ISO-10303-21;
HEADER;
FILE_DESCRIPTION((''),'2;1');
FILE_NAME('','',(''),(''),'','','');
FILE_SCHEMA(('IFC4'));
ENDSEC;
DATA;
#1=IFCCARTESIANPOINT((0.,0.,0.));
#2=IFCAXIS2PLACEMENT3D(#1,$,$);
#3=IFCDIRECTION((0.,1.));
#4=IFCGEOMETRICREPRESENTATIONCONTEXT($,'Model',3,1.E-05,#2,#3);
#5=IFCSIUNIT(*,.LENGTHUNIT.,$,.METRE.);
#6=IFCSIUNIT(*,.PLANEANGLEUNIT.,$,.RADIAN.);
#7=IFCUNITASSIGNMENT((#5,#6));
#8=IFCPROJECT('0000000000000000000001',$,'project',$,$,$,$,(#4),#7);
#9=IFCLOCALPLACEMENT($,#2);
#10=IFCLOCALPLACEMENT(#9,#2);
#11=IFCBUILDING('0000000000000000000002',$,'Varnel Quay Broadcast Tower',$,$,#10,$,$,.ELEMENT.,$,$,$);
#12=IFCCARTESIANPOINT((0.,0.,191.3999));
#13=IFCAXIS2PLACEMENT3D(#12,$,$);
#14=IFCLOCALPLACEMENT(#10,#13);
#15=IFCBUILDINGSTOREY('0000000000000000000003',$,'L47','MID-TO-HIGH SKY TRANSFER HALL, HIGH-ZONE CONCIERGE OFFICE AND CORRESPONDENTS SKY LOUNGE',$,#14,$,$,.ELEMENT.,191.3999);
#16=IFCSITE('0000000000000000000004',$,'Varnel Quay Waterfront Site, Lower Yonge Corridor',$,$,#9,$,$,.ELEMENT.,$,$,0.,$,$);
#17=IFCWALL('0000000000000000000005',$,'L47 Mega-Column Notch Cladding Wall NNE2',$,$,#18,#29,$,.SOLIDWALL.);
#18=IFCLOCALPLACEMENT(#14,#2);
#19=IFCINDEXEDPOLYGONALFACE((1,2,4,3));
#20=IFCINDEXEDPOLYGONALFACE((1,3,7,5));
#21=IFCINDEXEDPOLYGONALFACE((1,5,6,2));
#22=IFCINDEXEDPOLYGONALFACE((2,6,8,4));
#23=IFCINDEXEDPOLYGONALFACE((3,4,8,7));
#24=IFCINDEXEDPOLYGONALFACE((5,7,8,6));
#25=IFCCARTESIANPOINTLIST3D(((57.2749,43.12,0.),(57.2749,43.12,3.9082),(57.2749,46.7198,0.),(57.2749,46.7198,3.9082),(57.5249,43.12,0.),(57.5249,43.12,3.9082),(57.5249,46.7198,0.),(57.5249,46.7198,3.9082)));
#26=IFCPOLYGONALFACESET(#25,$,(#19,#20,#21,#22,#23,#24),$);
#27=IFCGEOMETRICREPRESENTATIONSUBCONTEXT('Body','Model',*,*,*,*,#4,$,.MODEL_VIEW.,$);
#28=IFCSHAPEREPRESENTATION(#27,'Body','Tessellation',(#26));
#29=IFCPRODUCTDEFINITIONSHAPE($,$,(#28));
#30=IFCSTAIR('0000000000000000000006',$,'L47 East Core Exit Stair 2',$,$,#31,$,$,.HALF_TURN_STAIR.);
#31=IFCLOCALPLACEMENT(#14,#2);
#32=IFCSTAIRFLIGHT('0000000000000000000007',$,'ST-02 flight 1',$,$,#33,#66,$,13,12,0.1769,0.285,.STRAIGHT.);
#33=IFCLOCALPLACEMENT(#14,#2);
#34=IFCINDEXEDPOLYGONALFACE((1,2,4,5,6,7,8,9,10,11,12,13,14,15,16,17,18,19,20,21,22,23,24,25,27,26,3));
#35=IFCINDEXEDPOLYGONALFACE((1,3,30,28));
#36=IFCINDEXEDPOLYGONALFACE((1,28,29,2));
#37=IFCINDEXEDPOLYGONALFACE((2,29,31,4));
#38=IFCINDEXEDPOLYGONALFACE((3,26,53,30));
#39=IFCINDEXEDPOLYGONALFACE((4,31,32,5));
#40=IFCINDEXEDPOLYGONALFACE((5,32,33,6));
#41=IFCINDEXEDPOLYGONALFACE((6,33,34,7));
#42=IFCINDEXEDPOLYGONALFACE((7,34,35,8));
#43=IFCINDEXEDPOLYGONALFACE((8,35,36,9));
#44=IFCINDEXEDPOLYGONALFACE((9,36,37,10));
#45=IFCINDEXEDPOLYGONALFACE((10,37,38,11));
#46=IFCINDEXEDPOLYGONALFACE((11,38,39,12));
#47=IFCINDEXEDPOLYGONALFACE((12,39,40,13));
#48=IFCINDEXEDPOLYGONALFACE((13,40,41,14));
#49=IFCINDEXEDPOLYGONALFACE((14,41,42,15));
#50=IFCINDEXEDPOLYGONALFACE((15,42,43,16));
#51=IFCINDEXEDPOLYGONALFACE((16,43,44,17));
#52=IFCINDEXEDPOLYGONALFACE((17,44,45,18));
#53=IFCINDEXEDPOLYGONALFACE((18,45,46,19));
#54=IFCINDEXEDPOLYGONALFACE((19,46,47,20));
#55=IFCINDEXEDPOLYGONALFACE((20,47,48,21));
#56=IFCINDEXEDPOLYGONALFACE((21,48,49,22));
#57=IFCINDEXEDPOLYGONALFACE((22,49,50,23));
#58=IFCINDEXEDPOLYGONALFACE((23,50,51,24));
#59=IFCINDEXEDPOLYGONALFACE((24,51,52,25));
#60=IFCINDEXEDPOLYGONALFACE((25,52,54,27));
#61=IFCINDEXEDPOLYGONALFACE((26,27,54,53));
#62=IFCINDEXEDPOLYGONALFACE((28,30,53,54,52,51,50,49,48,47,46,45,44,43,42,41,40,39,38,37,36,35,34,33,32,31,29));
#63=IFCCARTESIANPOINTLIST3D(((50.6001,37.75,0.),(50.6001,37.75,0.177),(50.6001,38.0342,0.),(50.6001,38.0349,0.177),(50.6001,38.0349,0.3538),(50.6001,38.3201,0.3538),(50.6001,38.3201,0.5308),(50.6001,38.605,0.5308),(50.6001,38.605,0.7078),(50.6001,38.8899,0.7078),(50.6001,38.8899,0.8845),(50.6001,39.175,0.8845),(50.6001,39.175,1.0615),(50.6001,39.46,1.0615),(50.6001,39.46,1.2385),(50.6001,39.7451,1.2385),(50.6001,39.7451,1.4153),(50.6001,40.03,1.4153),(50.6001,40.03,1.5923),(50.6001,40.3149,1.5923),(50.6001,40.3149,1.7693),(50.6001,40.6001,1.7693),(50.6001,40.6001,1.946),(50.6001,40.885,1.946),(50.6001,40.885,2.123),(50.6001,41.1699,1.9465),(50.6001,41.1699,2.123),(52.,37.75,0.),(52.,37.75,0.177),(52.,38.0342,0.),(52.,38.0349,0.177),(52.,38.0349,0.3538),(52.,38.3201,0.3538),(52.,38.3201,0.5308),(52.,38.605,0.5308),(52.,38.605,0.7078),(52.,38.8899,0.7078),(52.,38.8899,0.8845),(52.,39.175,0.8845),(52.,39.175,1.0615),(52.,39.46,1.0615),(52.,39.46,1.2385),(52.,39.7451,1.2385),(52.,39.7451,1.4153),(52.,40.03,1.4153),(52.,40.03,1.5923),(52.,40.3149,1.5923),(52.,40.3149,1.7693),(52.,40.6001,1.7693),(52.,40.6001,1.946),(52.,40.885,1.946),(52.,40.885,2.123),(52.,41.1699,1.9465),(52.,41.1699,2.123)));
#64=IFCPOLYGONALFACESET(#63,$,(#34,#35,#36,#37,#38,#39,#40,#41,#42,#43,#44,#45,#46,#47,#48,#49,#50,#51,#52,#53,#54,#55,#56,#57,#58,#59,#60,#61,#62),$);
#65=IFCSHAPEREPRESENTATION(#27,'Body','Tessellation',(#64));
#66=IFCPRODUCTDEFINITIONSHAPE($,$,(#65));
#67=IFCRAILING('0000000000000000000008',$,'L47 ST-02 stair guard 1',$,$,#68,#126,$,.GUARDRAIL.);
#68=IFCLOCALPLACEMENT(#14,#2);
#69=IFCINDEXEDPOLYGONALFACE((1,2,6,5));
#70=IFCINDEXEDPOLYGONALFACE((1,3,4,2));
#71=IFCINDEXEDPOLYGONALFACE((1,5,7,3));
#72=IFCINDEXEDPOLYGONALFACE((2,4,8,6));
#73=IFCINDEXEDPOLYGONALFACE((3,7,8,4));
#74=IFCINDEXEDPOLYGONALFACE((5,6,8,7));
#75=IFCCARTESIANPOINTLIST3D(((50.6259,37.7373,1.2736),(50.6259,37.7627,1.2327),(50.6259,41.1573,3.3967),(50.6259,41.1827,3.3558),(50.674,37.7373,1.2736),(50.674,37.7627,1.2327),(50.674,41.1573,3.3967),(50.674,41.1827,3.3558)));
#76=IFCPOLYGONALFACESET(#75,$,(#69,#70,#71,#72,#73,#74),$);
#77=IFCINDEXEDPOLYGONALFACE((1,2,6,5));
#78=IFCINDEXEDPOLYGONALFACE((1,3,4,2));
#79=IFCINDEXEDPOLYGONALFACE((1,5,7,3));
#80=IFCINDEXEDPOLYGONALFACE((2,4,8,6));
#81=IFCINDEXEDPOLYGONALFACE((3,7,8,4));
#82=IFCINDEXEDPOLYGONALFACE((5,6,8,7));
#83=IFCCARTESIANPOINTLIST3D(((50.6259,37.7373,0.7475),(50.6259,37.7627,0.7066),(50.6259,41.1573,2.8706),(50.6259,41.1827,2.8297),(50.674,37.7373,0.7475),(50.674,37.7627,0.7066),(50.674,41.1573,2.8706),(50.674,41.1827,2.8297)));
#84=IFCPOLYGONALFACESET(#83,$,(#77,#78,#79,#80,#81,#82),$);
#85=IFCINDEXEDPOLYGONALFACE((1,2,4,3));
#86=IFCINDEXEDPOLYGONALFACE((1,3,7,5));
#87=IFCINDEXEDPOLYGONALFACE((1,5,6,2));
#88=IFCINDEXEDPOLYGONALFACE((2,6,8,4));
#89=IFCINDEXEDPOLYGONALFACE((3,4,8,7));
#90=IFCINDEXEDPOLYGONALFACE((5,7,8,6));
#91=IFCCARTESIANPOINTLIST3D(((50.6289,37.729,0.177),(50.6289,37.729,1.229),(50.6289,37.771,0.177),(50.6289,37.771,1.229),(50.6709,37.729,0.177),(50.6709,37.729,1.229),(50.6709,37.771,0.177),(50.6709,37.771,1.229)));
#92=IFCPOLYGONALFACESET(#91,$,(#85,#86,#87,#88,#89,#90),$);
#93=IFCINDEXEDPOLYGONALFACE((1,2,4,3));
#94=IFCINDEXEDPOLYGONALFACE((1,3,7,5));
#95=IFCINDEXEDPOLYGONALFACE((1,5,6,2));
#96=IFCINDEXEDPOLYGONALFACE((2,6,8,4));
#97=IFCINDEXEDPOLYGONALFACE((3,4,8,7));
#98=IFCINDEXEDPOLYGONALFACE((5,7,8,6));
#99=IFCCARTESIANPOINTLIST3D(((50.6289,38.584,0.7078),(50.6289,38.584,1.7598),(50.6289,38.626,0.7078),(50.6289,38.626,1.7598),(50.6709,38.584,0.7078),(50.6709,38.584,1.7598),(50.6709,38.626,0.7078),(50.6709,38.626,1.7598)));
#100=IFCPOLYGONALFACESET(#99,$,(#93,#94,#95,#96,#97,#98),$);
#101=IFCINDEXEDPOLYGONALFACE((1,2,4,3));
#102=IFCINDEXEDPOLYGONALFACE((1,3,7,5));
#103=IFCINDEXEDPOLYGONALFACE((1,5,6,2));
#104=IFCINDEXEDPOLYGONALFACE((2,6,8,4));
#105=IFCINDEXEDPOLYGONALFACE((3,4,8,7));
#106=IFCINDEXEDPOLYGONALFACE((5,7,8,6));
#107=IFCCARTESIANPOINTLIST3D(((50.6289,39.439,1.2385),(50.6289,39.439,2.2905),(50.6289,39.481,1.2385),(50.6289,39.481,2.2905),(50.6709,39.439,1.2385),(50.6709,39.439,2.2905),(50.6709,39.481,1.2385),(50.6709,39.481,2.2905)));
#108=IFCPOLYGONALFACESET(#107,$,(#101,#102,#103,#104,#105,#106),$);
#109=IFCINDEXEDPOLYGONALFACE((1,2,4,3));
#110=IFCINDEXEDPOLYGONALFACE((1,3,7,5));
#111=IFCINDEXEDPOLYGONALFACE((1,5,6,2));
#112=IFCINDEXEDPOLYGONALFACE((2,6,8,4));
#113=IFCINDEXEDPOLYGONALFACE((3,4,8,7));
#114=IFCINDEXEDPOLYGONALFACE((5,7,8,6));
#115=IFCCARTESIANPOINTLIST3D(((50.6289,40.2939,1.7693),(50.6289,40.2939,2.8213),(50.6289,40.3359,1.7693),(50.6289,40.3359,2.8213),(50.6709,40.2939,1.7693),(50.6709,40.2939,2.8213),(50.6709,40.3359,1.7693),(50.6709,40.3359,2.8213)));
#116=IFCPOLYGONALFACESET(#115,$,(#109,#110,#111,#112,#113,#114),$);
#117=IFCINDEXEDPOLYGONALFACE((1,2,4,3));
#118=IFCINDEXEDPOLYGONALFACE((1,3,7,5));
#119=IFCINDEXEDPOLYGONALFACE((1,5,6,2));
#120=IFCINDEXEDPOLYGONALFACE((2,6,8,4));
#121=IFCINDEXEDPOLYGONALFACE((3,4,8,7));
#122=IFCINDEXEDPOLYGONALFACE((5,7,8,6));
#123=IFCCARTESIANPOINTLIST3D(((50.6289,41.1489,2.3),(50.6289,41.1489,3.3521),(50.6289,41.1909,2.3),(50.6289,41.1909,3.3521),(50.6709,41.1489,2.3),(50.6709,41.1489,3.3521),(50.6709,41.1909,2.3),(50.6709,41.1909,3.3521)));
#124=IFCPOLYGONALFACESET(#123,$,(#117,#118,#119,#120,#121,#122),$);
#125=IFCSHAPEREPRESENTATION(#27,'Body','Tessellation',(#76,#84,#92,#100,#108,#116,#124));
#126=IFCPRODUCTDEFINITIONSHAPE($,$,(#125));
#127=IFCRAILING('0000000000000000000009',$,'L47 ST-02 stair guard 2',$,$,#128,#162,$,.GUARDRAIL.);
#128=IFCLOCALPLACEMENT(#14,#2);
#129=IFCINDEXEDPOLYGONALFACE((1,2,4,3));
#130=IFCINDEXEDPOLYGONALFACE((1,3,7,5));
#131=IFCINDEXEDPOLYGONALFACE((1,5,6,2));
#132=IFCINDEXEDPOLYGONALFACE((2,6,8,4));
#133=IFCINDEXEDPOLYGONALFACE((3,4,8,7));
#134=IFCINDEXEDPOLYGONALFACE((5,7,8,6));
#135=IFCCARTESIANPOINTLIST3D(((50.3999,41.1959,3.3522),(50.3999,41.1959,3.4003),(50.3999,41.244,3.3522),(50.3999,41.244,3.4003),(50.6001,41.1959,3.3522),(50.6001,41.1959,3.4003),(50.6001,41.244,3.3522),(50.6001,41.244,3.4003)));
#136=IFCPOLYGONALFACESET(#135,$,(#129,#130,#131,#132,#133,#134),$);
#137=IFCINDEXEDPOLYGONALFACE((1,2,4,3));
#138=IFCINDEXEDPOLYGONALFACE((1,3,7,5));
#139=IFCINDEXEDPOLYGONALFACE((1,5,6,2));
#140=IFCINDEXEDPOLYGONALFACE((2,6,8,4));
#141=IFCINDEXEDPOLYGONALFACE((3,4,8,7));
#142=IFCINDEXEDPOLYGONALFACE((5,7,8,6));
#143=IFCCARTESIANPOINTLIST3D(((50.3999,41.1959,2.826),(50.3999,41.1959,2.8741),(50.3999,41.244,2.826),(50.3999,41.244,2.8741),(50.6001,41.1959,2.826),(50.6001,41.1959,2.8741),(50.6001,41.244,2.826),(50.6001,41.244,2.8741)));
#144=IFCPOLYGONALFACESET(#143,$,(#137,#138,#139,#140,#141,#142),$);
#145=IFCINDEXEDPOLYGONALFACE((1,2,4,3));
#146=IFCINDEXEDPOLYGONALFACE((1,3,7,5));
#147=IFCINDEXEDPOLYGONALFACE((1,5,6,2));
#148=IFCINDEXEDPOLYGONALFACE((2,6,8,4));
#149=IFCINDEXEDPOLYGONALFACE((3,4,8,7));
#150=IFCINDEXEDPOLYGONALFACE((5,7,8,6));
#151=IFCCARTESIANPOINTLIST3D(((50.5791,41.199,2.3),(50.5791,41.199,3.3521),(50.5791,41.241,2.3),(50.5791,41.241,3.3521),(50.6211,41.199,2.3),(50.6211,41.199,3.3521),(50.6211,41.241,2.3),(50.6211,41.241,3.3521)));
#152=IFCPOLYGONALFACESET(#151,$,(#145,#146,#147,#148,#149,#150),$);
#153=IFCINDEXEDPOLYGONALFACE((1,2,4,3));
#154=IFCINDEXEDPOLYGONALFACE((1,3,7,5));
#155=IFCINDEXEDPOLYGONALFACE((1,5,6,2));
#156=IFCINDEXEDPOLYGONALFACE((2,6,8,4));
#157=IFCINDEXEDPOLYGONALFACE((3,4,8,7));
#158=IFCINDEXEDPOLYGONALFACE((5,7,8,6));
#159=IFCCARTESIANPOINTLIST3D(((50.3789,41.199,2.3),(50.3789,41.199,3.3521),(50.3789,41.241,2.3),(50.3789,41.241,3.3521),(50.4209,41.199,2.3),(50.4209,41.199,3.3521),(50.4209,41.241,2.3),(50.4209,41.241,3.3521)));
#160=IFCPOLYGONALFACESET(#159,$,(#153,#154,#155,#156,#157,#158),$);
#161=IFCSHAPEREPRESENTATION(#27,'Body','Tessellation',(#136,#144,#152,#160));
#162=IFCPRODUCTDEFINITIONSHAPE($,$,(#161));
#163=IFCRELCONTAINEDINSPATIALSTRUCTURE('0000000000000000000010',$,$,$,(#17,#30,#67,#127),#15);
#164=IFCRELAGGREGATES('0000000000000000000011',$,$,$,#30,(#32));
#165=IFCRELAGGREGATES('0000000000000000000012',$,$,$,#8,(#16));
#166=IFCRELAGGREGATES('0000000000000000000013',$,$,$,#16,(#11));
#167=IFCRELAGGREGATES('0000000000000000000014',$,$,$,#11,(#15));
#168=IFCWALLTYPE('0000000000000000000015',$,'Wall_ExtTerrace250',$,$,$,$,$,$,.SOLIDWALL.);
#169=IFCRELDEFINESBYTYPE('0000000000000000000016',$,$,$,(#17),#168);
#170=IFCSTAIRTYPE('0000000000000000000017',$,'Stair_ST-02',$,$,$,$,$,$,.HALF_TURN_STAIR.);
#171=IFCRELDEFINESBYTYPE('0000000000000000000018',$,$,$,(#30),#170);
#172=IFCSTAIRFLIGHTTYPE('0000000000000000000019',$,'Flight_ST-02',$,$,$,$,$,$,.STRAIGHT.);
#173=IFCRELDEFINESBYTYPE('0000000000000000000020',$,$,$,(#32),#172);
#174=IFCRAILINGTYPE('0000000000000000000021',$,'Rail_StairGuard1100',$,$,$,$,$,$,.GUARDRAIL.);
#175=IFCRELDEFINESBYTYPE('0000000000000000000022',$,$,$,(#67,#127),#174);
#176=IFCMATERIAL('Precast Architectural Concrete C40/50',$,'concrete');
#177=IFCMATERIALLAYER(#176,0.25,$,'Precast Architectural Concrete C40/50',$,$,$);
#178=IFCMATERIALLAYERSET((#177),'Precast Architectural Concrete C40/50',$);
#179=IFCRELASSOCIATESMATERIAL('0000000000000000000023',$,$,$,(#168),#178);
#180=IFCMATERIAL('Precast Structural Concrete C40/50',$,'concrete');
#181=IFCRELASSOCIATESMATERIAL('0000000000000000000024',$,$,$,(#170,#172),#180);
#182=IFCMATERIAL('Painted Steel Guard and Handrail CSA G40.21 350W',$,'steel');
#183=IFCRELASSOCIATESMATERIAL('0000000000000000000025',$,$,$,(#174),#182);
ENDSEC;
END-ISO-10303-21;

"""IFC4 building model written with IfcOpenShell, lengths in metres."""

from ifc_helpers import new_model, si_unit, direction, frame, frame_2d, origin, origin_2d, place, context, subcontext, project, spatial, polyline, rectangle, outline, extrude, material, layer, layer_set, type_object, element, aggregate, save


model = new_model("IFC4")

# Units and contexts
model_context = context("Model", 3, precision=1e-05, world=origin(), true_north=direction((0.0, 1.0)))
body_context = subcontext(model_context, "Body", "Model", "MODEL_VIEW")
ifc_project = project(units=[si_unit("LENGTHUNIT", "METRE"), si_unit("PLANEANGLEUNIT", "RADIAN")], contexts=[model_context])

# Site, building, storey
site_placement = place(None, origin())
site = spatial("IfcSite", under=ifc_project, at=site_placement, Name="Varnel Quay Waterfront Site, Lower Yonge Corridor", CompositionType="ELEMENT", RefElevation=0.0)
building_placement = place(site_placement, origin())
building = spatial("IfcBuilding", under=site, at=building_placement, Name="Varnel Quay Broadcast Tower", CompositionType="ELEMENT")
storey_placement = place(building_placement, frame((0.0, 0.0, 191.3999)))
storey = spatial("IfcBuildingStorey", under=building, at=storey_placement, Name="L47", Description="MID-TO-HIGH SKY TRANSFER HALL, HIGH-ZONE CONCIERGE OFFICE AND CORRESPONDENTS SKY LOUNGE", CompositionType="ELEMENT", Elevation=191.3999)

# Wall
ifc_material_1 = material(Name="Precast Architectural Concrete C40/50", Category="concrete")
ifc_layer_1 = layer(ifc_material_1, 0.25, Name="Precast Architectural Concrete C40/50")
ifc_layer_set_1 = layer_set([ifc_layer_1], Name="Precast Architectural Concrete C40/50")
wall_type_1 = type_object("IfcWallType", Name="Wall_ExtTerrace250", PredefinedType="SOLIDWALL", material=ifc_layer_set_1)
wall_1_placement = place(storey_placement, frame((57.3999, 43.1201, 0.0), z_axis=(0.0, 0.0, 1.0), x_axis=(0.0, 1.0, 0.0)))
element("IfcWall", 1, at=wall_1_placement, inside=storey, type_object=wall_type_1, Name="L47 Mega-Column Notch Cladding Wall NNE2", PredefinedType="SOLIDWALL", context=body_context, shape_type="SweptSolid", body=[
    extrude(rectangle(XDim=3.5999, YDim=0.25, at=frame_2d((1.7998, 0.0))), origin(), (0.0, 0.0, 1.0), 3.9082),
])

# Stair, stair flight
ifc_material_2 = material(Name="Precast Structural Concrete C40/50", Category="concrete")
stair_type = type_object("IfcStairType", Name="Stair_ST-02", PredefinedType="HALF_TURN_STAIR", material=ifc_material_2)
stair_placement = place(storey_placement, origin())
stair = element("IfcStair", 2, at=stair_placement, inside=storey, type_object=stair_type, Name="L47 East Core Exit Stair 2", PredefinedType="HALF_TURN_STAIR")
stair_flight_type = type_object("IfcStairFlightType", Name="Flight_ST-02", PredefinedType="STRAIGHT", material=ifc_material_2)
stair_flight_placement = place(storey_placement, frame((51.3, 37.75, 0.0), z_axis=(0.0, 0.0, 1.0), x_axis=(0.0, 1.0, 0.0)))
stair_flight = element("IfcStairFlight", 3, at=stair_flight_placement, type_object=stair_flight_type, Name="ST-02 flight 1", NumberOfRisers=13, NumberOfTreads=12, PredefinedType="STRAIGHT", RiserHeight=0.1769, TreadLength=0.285, context=body_context, shape_type="SweptSolid", body=[
    extrude(outline(polyline([(0.0, 0.0), (0.0, 0.177), (0.2849, 0.177), (0.2849, 0.3538), (0.5701, 0.3538), (0.5701, 0.5308), (0.855, 0.5308), (0.855, 0.7078), (1.1399, 0.7078), (1.1399, 0.8845), (1.425, 0.8845), (1.425, 1.0615), (1.71, 1.0615), (1.71, 1.2385), (1.9951, 1.2385), (1.9951, 1.4153), (2.28, 1.4153), (2.28, 1.5923), (2.5649, 1.5923), (2.5649, 1.7693), (2.8501, 1.7693), (2.8501, 1.946), (3.135, 1.946), (3.135, 2.123), (3.4199, 2.123), (3.4199, 2.3), (3.4199, 1.9465), (0.2842, 0.0), (0.0, 0.0)])), frame((0.0, 0.7, 0.0), z_axis=(0.0, -1.0, 0.0), x_axis=(1.0, 0.0, 0.0)), (0.0, 0.0, 1.0), 1.3999),
])
aggregate(stair, [stair_flight])

# Railings
ifc_material_3 = material(Name="Painted Steel Guard and Handrail CSA G40.21 350W", Category="steel")
railing_type_1 = type_object("IfcRailingType", Name="Rail_StairGuard1100", PredefinedType="GUARDRAIL", material=ifc_material_3)
railing_1_placement = place(storey_placement, frame((50.6499, 37.75, 0.177)))
element("IfcRailing", 4, at=railing_1_placement, inside=storey, type_object=railing_type_1, Name="L47 ST-02 stair guard 1", PredefinedType="GUARDRAIL", context=body_context, shape_type="SweptSolid", body=[
    extrude(rectangle(XDim=0.0481, YDim=0.0481, at=origin_2d()), frame((0.0, 0.0, 1.0762), z_axis=(0.0, 0.849603, 0.527423), x_axis=(-1.0, 0.0, 0.0)), (0.0, 0.0, 1.0), 4.0254),
    extrude(rectangle(XDim=0.0481, YDim=0.0481, at=origin_2d()), frame((0.0, 0.0, 0.55), z_axis=(0.0, 0.849603, 0.527423), x_axis=(-1.0, 0.0, 0.0)), (0.0, 0.0, 1.0), 4.0254),
    extrude(rectangle(XDim=0.042, YDim=0.042, at=origin_2d()), origin(), (0.0, 0.0, 1.0), 1.052),
    extrude(rectangle(XDim=0.042, YDim=0.042, at=origin_2d()), frame((0.0, 0.855, 0.5308)), (0.0, 0.0, 1.0), 1.052),
    extrude(rectangle(XDim=0.042, YDim=0.042, at=origin_2d()), frame((0.0, 1.71, 1.0615)), (0.0, 0.0, 1.0), 1.052),
    extrude(rectangle(XDim=0.042, YDim=0.042, at=origin_2d()), frame((0.0, 2.5649, 1.5923)), (0.0, 0.0, 1.0), 1.052),
    extrude(rectangle(XDim=0.042, YDim=0.042, at=origin_2d()), frame((0.0, 3.4199, 2.123)), (0.0, 0.0, 1.0), 1.052),
])
railing_2_placement = place(storey_placement, frame((50.6001, 41.22, 2.3)))
element("IfcRailing", 5, at=railing_2_placement, inside=storey, type_object=railing_type_1, Name="L47 ST-02 stair guard 2", PredefinedType="GUARDRAIL", context=body_context, shape_type="SweptSolid", body=[
    extrude(rectangle(XDim=0.0481, YDim=0.0481, at=origin_2d()), frame((0.0, 0.0, 1.0762), z_axis=(-1.0, 0.0, 0.0), x_axis=(0.0, -1.0, 0.0)), (0.0, 0.0, 1.0), 0.2002),
    extrude(rectangle(XDim=0.0481, YDim=0.0481, at=origin_2d()), frame((0.0, 0.0, 0.55), z_axis=(-1.0, 0.0, 0.0), x_axis=(0.0, -1.0, 0.0)), (0.0, 0.0, 1.0), 0.2002),
    extrude(rectangle(XDim=0.042, YDim=0.042, at=origin_2d()), origin(), (0.0, 0.0, 1.0), 1.052),
    extrude(rectangle(XDim=0.042, YDim=0.042, at=origin_2d()), frame((-0.2002, 0.0, 0.0)), (0.0, 0.0, 1.0), 1.052),
])

save(model, "model.ifc")
